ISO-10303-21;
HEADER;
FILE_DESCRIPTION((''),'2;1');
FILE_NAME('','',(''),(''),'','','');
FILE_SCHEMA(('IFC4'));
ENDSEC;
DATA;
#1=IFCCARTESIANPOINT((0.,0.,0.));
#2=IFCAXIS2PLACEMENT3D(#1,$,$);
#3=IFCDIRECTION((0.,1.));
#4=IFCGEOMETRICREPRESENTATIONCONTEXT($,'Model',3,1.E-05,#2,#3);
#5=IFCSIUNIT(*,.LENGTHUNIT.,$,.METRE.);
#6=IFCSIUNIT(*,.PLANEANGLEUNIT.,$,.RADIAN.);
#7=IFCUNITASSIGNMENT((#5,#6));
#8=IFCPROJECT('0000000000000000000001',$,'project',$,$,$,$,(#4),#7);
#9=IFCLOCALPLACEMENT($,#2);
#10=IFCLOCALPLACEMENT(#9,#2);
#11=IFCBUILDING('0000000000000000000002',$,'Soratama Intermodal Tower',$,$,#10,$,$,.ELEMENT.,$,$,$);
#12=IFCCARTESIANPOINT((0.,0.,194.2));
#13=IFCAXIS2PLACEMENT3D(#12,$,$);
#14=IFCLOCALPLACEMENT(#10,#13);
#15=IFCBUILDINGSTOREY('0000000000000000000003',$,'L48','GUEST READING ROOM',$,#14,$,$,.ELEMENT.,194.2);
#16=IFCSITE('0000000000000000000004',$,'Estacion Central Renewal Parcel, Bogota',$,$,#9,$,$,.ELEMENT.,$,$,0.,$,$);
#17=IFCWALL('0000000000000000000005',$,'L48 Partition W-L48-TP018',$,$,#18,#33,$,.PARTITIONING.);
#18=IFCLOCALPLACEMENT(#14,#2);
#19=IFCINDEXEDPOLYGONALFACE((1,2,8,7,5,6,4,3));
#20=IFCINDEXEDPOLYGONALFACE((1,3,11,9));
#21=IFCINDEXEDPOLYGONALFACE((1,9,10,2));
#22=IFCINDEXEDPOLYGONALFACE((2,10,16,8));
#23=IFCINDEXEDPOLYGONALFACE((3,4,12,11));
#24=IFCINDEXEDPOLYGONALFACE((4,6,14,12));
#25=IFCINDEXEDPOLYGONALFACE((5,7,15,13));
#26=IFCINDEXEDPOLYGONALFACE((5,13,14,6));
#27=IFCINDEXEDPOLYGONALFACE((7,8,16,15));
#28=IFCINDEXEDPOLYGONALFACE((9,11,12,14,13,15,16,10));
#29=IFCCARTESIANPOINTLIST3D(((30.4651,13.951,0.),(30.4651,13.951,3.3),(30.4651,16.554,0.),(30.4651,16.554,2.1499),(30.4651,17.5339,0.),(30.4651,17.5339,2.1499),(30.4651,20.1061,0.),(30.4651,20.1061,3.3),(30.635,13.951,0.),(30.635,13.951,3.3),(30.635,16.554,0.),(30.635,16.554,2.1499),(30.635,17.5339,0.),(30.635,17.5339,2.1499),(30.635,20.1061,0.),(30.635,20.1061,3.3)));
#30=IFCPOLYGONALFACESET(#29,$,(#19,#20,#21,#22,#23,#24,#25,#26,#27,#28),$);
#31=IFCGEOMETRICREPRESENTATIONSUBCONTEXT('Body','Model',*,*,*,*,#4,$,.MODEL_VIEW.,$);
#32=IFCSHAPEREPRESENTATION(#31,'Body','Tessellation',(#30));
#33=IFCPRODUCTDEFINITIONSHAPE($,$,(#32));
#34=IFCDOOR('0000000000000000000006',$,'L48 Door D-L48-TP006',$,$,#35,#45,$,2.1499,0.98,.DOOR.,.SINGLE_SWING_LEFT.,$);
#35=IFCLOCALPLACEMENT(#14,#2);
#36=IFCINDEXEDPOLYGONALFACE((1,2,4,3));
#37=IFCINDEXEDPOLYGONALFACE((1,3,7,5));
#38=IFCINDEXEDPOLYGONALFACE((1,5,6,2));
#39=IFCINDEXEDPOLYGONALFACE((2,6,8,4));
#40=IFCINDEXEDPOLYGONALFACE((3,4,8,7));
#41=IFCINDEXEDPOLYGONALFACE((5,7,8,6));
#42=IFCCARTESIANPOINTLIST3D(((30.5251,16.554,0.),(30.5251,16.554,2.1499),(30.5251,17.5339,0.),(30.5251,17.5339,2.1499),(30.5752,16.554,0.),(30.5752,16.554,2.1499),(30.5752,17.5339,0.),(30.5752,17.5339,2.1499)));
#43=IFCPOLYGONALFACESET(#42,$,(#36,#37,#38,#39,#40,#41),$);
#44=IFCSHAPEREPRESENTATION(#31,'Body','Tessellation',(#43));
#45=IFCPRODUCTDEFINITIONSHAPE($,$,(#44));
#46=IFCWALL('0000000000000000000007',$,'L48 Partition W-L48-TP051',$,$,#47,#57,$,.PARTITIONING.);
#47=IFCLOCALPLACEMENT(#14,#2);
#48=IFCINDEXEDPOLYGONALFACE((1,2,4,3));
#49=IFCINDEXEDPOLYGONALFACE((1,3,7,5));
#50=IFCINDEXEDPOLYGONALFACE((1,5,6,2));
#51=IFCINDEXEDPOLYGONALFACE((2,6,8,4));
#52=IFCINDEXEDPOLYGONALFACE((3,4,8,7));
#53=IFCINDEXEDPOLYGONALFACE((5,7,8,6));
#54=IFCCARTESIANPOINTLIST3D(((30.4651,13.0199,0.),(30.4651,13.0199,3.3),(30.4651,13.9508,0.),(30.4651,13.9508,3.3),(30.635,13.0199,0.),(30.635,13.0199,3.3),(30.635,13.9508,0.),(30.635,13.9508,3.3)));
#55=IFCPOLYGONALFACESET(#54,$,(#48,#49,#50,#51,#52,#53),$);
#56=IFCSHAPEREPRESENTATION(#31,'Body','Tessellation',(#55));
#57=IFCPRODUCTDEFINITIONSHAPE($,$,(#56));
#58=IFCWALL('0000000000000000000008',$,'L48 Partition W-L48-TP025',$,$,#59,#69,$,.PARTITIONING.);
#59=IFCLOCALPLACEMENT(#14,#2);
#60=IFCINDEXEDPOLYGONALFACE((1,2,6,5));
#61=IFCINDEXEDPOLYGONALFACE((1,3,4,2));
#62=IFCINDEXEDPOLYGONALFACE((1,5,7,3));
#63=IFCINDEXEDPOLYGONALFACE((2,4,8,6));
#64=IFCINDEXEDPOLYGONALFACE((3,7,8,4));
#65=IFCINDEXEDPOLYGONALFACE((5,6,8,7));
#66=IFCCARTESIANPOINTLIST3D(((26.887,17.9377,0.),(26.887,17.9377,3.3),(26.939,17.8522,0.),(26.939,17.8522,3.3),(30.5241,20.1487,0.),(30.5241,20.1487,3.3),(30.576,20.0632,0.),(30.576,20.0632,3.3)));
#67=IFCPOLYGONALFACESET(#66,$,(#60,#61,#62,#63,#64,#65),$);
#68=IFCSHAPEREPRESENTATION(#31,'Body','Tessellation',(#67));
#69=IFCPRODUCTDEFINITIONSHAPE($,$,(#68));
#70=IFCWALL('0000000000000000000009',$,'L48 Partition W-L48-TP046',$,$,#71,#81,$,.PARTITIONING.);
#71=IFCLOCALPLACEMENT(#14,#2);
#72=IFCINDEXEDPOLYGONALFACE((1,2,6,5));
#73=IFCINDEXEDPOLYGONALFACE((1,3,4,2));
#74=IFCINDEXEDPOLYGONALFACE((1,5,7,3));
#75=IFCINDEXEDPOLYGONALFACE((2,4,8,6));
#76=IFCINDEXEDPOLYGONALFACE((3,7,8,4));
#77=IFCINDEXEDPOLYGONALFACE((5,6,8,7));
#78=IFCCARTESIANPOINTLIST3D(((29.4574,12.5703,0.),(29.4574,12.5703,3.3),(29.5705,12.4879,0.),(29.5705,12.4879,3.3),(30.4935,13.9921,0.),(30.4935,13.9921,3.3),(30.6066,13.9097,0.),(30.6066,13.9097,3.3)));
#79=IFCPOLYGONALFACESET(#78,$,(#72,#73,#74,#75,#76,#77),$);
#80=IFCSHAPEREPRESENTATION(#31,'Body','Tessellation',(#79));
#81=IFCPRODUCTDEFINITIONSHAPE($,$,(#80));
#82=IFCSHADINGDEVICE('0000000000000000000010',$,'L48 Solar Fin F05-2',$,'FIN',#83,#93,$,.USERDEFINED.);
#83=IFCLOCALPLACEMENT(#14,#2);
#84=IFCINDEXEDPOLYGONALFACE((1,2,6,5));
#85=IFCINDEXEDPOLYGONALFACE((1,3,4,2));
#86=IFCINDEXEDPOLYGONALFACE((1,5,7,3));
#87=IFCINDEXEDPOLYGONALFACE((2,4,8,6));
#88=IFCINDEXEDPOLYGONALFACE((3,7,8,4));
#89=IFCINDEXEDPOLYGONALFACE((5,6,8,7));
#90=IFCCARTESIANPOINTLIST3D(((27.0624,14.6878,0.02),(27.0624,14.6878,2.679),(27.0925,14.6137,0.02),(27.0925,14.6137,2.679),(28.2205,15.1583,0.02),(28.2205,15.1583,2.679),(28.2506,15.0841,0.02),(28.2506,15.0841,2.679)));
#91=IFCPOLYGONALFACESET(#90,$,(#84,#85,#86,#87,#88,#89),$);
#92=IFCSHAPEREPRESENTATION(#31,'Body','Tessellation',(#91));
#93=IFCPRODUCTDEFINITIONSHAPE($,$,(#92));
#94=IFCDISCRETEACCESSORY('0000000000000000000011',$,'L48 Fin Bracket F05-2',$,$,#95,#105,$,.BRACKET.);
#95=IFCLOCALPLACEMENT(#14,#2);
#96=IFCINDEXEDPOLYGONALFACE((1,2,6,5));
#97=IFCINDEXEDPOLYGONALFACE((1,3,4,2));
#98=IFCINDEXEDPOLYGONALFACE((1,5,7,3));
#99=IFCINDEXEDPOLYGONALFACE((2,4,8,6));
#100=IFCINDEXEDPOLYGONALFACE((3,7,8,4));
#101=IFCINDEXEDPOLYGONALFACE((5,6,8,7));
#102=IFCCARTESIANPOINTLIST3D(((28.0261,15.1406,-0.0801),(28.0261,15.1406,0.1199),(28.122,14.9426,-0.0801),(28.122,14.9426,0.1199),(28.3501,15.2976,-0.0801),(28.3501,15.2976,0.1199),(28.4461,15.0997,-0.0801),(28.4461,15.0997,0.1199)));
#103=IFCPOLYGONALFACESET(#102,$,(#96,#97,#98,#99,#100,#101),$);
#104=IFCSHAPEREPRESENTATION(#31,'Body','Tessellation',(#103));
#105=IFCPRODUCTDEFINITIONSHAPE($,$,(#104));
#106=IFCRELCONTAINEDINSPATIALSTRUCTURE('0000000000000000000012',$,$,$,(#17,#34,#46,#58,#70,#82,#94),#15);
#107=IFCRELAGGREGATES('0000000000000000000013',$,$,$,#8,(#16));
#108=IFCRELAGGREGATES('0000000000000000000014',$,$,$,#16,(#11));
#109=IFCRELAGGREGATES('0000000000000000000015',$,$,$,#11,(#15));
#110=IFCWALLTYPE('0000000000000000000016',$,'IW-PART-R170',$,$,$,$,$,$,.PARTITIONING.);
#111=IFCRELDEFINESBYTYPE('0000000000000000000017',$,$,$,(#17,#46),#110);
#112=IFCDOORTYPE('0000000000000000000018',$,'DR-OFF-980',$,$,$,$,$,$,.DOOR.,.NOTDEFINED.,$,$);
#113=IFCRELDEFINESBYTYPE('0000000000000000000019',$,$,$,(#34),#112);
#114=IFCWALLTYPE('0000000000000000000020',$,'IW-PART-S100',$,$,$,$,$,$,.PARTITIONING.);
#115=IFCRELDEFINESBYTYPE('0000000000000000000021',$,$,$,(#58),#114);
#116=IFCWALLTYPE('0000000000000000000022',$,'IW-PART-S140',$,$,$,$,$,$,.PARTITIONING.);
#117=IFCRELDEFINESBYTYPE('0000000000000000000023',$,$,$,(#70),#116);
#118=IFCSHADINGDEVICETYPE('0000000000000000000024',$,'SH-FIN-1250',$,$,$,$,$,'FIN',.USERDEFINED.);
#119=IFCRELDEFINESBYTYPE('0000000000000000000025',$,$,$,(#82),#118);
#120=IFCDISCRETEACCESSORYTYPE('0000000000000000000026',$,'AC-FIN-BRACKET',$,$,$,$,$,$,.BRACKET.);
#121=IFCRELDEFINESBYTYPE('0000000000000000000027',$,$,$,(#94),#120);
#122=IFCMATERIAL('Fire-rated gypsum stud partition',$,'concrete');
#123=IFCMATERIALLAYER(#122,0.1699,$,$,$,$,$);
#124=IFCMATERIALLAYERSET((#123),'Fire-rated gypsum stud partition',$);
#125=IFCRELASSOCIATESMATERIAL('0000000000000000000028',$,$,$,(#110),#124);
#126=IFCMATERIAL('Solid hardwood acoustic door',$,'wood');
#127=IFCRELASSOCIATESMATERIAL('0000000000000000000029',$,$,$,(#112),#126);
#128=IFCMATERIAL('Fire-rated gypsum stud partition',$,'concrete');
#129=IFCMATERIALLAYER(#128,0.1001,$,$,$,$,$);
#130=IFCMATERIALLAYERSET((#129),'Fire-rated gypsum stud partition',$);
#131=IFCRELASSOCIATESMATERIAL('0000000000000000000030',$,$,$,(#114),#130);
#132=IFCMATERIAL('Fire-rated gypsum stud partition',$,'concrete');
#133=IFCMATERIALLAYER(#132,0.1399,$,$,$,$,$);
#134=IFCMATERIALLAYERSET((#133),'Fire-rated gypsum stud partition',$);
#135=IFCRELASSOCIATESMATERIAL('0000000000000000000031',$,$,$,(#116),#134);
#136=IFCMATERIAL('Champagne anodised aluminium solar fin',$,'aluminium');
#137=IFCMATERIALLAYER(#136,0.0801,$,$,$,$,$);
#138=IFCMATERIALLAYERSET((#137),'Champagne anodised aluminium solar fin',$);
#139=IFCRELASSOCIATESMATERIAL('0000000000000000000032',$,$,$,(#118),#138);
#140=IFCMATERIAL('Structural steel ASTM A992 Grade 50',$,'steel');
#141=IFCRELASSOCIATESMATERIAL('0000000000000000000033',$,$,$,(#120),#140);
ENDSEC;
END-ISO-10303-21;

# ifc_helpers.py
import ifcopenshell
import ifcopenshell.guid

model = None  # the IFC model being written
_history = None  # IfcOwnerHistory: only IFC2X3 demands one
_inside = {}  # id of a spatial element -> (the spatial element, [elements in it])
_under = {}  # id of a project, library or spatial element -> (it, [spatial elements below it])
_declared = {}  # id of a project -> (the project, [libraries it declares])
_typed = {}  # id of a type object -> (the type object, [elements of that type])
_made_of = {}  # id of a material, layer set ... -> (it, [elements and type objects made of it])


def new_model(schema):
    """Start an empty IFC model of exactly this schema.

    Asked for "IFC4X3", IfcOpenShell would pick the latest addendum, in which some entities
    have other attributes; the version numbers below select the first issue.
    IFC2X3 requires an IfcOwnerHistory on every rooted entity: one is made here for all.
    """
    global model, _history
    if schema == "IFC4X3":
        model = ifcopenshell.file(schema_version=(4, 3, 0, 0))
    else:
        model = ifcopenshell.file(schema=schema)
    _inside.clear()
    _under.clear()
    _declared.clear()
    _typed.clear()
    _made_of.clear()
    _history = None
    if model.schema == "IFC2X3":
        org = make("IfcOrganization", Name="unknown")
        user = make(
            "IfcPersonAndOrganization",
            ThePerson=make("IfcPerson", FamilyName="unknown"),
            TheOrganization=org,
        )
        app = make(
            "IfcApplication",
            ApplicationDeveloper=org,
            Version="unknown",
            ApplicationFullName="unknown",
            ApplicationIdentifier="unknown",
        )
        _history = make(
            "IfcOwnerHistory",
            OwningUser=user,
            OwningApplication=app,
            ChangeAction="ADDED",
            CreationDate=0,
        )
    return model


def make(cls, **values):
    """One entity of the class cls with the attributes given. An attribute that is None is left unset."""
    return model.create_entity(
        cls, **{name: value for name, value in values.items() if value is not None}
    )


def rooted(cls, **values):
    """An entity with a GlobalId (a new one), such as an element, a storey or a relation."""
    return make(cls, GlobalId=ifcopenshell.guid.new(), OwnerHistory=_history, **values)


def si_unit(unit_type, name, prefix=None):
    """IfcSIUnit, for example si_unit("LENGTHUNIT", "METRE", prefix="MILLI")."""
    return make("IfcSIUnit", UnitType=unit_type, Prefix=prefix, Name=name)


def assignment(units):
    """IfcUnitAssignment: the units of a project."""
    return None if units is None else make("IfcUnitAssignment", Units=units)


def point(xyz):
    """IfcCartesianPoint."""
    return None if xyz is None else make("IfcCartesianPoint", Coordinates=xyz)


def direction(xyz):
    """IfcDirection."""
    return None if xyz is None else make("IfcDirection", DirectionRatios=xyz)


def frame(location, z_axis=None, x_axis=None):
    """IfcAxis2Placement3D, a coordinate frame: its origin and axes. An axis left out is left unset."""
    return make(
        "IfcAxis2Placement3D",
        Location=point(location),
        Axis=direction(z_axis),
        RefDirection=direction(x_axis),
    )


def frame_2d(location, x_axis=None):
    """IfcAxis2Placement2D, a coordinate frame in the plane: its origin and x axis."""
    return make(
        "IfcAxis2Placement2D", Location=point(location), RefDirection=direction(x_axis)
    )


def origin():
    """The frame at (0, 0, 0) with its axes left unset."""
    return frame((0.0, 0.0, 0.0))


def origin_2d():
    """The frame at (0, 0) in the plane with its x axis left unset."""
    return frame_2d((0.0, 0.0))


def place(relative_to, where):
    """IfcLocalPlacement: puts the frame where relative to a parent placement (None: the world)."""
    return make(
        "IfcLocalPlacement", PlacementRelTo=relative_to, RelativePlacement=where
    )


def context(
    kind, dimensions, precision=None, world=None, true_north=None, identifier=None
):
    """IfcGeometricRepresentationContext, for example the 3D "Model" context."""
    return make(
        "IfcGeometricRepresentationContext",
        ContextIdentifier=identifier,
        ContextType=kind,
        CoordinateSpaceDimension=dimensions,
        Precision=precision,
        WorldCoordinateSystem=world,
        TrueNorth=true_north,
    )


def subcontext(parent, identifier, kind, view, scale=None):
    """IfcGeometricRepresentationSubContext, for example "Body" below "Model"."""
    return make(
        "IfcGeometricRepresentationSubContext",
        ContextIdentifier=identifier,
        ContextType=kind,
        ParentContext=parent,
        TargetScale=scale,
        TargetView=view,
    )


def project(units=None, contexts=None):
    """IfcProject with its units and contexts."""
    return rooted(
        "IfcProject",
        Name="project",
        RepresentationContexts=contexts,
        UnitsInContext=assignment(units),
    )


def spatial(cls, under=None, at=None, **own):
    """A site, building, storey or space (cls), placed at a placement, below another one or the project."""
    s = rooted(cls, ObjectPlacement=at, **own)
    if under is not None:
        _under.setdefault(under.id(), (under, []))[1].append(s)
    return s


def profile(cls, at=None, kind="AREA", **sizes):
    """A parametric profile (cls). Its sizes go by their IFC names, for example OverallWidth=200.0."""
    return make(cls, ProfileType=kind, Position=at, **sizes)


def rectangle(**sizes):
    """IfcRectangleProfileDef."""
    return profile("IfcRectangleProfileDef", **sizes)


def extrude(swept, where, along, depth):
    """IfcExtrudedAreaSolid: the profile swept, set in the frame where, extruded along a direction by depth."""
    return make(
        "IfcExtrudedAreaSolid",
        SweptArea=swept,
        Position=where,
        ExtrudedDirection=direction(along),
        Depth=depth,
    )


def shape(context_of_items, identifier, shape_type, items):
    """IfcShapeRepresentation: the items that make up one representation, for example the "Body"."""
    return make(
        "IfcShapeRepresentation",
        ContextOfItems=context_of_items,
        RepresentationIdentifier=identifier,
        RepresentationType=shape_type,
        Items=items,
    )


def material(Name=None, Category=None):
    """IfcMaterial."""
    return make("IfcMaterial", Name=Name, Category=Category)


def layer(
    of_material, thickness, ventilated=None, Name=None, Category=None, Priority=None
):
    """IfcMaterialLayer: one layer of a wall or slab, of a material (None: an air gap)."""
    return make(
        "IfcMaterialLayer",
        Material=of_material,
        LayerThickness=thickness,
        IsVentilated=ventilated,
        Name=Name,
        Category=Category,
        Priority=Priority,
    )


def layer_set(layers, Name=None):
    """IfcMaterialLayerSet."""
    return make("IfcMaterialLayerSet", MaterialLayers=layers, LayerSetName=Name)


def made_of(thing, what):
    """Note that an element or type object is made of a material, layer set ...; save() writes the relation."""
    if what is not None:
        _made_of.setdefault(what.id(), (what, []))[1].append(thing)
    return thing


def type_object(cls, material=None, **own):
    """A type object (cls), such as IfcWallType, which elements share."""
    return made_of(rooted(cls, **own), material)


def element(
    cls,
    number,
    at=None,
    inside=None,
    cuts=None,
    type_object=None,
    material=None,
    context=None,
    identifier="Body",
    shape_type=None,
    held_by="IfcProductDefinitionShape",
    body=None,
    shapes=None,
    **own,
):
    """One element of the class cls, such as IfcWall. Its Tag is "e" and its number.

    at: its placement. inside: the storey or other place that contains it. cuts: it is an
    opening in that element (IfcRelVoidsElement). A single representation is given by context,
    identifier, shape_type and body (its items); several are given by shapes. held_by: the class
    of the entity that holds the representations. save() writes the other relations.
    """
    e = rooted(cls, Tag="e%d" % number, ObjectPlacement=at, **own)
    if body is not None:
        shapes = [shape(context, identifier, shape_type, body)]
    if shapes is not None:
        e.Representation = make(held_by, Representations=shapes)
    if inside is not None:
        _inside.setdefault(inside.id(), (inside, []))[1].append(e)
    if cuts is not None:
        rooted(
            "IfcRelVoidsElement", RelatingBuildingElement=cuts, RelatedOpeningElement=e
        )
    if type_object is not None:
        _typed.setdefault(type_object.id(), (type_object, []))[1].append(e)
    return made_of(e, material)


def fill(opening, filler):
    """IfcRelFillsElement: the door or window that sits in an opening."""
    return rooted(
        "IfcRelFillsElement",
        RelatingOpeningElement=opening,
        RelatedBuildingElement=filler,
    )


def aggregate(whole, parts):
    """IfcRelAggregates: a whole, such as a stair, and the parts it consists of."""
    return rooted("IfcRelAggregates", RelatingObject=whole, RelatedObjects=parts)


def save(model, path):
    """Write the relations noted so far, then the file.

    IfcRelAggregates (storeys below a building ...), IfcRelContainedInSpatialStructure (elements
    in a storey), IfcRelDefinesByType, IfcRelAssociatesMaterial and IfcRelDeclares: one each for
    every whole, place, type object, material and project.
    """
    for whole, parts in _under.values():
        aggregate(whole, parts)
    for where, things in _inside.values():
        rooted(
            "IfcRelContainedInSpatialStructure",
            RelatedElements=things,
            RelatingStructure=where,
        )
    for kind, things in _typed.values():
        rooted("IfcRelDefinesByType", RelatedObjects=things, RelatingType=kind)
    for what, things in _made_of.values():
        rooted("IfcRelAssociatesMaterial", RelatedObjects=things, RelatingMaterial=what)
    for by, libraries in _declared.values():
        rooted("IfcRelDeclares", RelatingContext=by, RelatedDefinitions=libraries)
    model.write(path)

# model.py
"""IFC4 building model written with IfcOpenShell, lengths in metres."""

from ifc_helpers import new_model, si_unit, direction, frame, frame_2d, origin, origin_2d, place, context, subcontext, project, spatial, rectangle, extrude, material, layer, layer_set, type_object, element, fill, save


model = new_model("IFC4")

# Units and contexts
model_context = context("Model", 3, precision=1e-05, world=origin(), true_north=direction((0.0, 1.0)))
body_context = subcontext(model_context, "Body", "Model", "MODEL_VIEW")
ifc_project = project(units=[si_unit("LENGTHUNIT", "METRE"), si_unit("PLANEANGLEUNIT", "RADIAN")], contexts=[model_context])

# Site, building, storey
site_placement = place(None, origin())
site = spatial("IfcSite", under=ifc_project, at=site_placement, Name="Estacion Central Renewal Parcel, Bogota", CompositionType="ELEMENT", RefElevation=0.0)
building_placement = place(site_placement, origin())
building = spatial("IfcBuilding", under=site, at=building_placement, Name="Soratama Intermodal Tower", CompositionType="ELEMENT")
storey_placement = place(building_placement, frame((0.0, 0.0, 194.2)))
storey = spatial("IfcBuildingStorey", under=building, at=storey_placement, Name="L48", Description="GUEST READING ROOM", CompositionType="ELEMENT", Elevation=194.2)

# Wall, opening, door
ifc_material_1 = material(Name="Fire-rated gypsum stud partition", Category="concrete")
ifc_layer_1 = layer(ifc_material_1, 0.1699)
ifc_layer_set_1 = layer_set([ifc_layer_1], Name="Fire-rated gypsum stud partition")
wall_type_1 = type_object("IfcWallType", Name="IW-PART-R170", PredefinedType="PARTITIONING", material=ifc_layer_set_1)
ifc_material_2 = material(Name="Solid hardwood acoustic door", Category="wood")
door_type = type_object("IfcDoorType", Name="DR-OFF-980", OperationType="NOTDEFINED", PredefinedType="DOOR", material=ifc_material_2)
wall_1_placement = place(storey_placement, frame((30.55, 13.9509, 0.0), z_axis=(0.0, 0.0, 1.0), x_axis=(0.0, 1.0, 0.0)))
wall_1 = element("IfcWall", 1, at=wall_1_placement, inside=storey, type_object=wall_type_1, Name="L48 Partition W-L48-TP018", PredefinedType="PARTITIONING", context=body_context, shape_type="SweptSolid", body=[
    extrude(rectangle(XDim=6.155, YDim=0.1699, at=frame_2d((3.0776, 0.0))), origin(), (0.0, 0.0, 1.0), 3.3),
])
opening_1_placement = place(wall_1_placement, frame((2.603, 0.0, 0.0)))
opening_1 = element("IfcOpeningElement", 2, at=opening_1_placement, cuts=wall_1, PredefinedType="OPENING", context=body_context, shape_type="SweptSolid", body=[
    extrude(rectangle(XDim=0.98, YDim=2.1499, at=frame_2d((0.49, 1.075))), frame((0.0, 0.095, 0.0), z_axis=(0.0, -1.0, 0.0), x_axis=(1.0, 0.0, 0.0)), (0.0, 0.0, 1.0), 0.1899),
])
door_1_placement = place(opening_1_placement, origin())
door_1 = element("IfcDoor", 3, at=door_1_placement, inside=storey, type_object=door_type, Name="L48 Door D-L48-TP006", OperationType="SINGLE_SWING_LEFT", OverallHeight=2.1499, OverallWidth=0.98, PredefinedType="DOOR", context=body_context, shape_type="SweptSolid", body=[
    extrude(rectangle(XDim=0.98, YDim=2.1499, at=frame_2d((0.49, 1.075))), frame((0.0, 0.0249, 0.0), z_axis=(0.0, -1.0, 0.0), x_axis=(1.0, 0.0, 0.0)), (0.0, 0.0, 1.0), 0.05),
])
fill(opening_1, door_1)

# Walls
wall_2_placement = place(storey_placement, frame((30.55, 13.02, 0.0), z_axis=(0.0, 0.0, 1.0), x_axis=(0.0, 1.0, 0.0)))
element("IfcWall", 4, at=wall_2_placement, inside=storey, type_object=wall_type_1, Name="L48 Partition W-L48-TP051", PredefinedType="PARTITIONING", context=body_context, shape_type="SweptSolid", body=[
    extrude(rectangle(XDim=0.9309, YDim=0.1699, at=frame_2d((0.4653, 0.0))), origin(), (0.0, 0.0, 1.0), 3.3),
])
ifc_material_3 = material(Name="Fire-rated gypsum stud partition", Category="concrete")
ifc_layer_2 = layer(ifc_material_3, 0.1001)
ifc_layer_set_2 = layer_set([ifc_layer_2], Name="Fire-rated gypsum stud partition")
wall_type_2 = type_object("IfcWallType", Name="IW-PART-S100", PredefinedType="PARTITIONING", material=ifc_layer_set_2)
wall_3_placement = place(storey_placement, frame((30.55, 20.106, 0.0), z_axis=(0.0, 0.0, 1.0), x_axis=(-0.854497, -0.519456, 0.0)))
element("IfcWall", 5, at=wall_3_placement, inside=storey, type_object=wall_type_2, Name="L48 Partition W-L48-TP025", PredefinedType="PARTITIONING", context=body_context, shape_type="SweptSolid", body=[
    extrude(rectangle(XDim=4.2563, YDim=0.1001, at=frame_2d((2.1282, 0.0))), origin(), (0.0, 0.0, 1.0), 3.3),
])
ifc_material_4 = material(Name="Fire-rated gypsum stud partition", Category="concrete")
ifc_layer_3 = layer(ifc_material_4, 0.1399)
ifc_layer_set_3 = layer_set([ifc_layer_3], Name="Fire-rated gypsum stud partition")
wall_type_3 = type_object("IfcWallType", Name="IW-PART-S140", PredefinedType="PARTITIONING", material=ifc_layer_set_3)
wall_4_placement = place(storey_placement, frame((30.55, 13.9509, 0.0), z_axis=(0.0, 0.0, 1.0), x_axis=(-0.588931, -0.808184, 0.0)))
element("IfcWall", 6, at=wall_4_placement, inside=storey, type_object=wall_type_3, Name="L48 Partition W-L48-TP046", PredefinedType="PARTITIONING", context=body_context, shape_type="SweptSolid", body=[
    extrude(rectangle(XDim=1.7593, YDim=0.1399, at=frame_2d((0.8796, 0.0))), origin(), (0.0, 0.0, 1.0), 3.3),
])

# Shading device
ifc_material_5 = material(Name="Champagne anodised aluminium solar fin", Category="aluminium")
ifc_layer_4 = layer(ifc_material_5, 0.0801)
ifc_layer_set_4 = layer_set([ifc_layer_4], Name="Champagne anodised aluminium solar fin")
shading_device_type = type_object("IfcShadingDeviceType", Name="SH-FIN-1250", ElementType="FIN", PredefinedType="USERDEFINED", material=ifc_layer_set_4)
shading_device_placement = place(storey_placement, frame((27.6565, 14.886, 0.02), z_axis=(0.0, 0.0, 1.0), x_axis=(-0.926463, -0.376386, 0.0)))
element("IfcShadingDevice", 7, at=shading_device_placement, inside=storey, type_object=shading_device_type, Name="L48 Solar Fin F05-2", ObjectType="FIN", PredefinedType="USERDEFINED", context=body_context, shape_type="SweptSolid", body=[
    extrude(rectangle(XDim=1.25, YDim=0.0801, at=origin_2d()), origin(), (0.0, 0.0, 1.0), 2.6589),
])

# Discrete accessory
ifc_material_6 = material(Name="Structural steel ASTM A992 Grade 50", Category="steel")
discrete_accessory_type = type_object("IfcDiscreteAccessoryType", Name="AC-FIN-BRACKET", PredefinedType="BRACKET", material=ifc_material_6)
discrete_accessory_placement = place(storey_placement, frame((28.2361, 15.1201, -0.0801), z_axis=(0.0, 0.0, 1.0), x_axis=(-0.899863, -0.436174, 0.0)))
element("IfcDiscreteAccessory", 8, at=discrete_accessory_placement, inside=storey, type_object=discrete_accessory_type, Name="L48 Fin Bracket F05-2", PredefinedType="BRACKET", context=body_context, shape_type="SweptSolid", body=[
    extrude(rectangle(XDim=0.3601, YDim=0.22, at=origin_2d()), origin(), (0.0, 0.0, 1.0), 0.2),
])

save(model, "model.ifc")
